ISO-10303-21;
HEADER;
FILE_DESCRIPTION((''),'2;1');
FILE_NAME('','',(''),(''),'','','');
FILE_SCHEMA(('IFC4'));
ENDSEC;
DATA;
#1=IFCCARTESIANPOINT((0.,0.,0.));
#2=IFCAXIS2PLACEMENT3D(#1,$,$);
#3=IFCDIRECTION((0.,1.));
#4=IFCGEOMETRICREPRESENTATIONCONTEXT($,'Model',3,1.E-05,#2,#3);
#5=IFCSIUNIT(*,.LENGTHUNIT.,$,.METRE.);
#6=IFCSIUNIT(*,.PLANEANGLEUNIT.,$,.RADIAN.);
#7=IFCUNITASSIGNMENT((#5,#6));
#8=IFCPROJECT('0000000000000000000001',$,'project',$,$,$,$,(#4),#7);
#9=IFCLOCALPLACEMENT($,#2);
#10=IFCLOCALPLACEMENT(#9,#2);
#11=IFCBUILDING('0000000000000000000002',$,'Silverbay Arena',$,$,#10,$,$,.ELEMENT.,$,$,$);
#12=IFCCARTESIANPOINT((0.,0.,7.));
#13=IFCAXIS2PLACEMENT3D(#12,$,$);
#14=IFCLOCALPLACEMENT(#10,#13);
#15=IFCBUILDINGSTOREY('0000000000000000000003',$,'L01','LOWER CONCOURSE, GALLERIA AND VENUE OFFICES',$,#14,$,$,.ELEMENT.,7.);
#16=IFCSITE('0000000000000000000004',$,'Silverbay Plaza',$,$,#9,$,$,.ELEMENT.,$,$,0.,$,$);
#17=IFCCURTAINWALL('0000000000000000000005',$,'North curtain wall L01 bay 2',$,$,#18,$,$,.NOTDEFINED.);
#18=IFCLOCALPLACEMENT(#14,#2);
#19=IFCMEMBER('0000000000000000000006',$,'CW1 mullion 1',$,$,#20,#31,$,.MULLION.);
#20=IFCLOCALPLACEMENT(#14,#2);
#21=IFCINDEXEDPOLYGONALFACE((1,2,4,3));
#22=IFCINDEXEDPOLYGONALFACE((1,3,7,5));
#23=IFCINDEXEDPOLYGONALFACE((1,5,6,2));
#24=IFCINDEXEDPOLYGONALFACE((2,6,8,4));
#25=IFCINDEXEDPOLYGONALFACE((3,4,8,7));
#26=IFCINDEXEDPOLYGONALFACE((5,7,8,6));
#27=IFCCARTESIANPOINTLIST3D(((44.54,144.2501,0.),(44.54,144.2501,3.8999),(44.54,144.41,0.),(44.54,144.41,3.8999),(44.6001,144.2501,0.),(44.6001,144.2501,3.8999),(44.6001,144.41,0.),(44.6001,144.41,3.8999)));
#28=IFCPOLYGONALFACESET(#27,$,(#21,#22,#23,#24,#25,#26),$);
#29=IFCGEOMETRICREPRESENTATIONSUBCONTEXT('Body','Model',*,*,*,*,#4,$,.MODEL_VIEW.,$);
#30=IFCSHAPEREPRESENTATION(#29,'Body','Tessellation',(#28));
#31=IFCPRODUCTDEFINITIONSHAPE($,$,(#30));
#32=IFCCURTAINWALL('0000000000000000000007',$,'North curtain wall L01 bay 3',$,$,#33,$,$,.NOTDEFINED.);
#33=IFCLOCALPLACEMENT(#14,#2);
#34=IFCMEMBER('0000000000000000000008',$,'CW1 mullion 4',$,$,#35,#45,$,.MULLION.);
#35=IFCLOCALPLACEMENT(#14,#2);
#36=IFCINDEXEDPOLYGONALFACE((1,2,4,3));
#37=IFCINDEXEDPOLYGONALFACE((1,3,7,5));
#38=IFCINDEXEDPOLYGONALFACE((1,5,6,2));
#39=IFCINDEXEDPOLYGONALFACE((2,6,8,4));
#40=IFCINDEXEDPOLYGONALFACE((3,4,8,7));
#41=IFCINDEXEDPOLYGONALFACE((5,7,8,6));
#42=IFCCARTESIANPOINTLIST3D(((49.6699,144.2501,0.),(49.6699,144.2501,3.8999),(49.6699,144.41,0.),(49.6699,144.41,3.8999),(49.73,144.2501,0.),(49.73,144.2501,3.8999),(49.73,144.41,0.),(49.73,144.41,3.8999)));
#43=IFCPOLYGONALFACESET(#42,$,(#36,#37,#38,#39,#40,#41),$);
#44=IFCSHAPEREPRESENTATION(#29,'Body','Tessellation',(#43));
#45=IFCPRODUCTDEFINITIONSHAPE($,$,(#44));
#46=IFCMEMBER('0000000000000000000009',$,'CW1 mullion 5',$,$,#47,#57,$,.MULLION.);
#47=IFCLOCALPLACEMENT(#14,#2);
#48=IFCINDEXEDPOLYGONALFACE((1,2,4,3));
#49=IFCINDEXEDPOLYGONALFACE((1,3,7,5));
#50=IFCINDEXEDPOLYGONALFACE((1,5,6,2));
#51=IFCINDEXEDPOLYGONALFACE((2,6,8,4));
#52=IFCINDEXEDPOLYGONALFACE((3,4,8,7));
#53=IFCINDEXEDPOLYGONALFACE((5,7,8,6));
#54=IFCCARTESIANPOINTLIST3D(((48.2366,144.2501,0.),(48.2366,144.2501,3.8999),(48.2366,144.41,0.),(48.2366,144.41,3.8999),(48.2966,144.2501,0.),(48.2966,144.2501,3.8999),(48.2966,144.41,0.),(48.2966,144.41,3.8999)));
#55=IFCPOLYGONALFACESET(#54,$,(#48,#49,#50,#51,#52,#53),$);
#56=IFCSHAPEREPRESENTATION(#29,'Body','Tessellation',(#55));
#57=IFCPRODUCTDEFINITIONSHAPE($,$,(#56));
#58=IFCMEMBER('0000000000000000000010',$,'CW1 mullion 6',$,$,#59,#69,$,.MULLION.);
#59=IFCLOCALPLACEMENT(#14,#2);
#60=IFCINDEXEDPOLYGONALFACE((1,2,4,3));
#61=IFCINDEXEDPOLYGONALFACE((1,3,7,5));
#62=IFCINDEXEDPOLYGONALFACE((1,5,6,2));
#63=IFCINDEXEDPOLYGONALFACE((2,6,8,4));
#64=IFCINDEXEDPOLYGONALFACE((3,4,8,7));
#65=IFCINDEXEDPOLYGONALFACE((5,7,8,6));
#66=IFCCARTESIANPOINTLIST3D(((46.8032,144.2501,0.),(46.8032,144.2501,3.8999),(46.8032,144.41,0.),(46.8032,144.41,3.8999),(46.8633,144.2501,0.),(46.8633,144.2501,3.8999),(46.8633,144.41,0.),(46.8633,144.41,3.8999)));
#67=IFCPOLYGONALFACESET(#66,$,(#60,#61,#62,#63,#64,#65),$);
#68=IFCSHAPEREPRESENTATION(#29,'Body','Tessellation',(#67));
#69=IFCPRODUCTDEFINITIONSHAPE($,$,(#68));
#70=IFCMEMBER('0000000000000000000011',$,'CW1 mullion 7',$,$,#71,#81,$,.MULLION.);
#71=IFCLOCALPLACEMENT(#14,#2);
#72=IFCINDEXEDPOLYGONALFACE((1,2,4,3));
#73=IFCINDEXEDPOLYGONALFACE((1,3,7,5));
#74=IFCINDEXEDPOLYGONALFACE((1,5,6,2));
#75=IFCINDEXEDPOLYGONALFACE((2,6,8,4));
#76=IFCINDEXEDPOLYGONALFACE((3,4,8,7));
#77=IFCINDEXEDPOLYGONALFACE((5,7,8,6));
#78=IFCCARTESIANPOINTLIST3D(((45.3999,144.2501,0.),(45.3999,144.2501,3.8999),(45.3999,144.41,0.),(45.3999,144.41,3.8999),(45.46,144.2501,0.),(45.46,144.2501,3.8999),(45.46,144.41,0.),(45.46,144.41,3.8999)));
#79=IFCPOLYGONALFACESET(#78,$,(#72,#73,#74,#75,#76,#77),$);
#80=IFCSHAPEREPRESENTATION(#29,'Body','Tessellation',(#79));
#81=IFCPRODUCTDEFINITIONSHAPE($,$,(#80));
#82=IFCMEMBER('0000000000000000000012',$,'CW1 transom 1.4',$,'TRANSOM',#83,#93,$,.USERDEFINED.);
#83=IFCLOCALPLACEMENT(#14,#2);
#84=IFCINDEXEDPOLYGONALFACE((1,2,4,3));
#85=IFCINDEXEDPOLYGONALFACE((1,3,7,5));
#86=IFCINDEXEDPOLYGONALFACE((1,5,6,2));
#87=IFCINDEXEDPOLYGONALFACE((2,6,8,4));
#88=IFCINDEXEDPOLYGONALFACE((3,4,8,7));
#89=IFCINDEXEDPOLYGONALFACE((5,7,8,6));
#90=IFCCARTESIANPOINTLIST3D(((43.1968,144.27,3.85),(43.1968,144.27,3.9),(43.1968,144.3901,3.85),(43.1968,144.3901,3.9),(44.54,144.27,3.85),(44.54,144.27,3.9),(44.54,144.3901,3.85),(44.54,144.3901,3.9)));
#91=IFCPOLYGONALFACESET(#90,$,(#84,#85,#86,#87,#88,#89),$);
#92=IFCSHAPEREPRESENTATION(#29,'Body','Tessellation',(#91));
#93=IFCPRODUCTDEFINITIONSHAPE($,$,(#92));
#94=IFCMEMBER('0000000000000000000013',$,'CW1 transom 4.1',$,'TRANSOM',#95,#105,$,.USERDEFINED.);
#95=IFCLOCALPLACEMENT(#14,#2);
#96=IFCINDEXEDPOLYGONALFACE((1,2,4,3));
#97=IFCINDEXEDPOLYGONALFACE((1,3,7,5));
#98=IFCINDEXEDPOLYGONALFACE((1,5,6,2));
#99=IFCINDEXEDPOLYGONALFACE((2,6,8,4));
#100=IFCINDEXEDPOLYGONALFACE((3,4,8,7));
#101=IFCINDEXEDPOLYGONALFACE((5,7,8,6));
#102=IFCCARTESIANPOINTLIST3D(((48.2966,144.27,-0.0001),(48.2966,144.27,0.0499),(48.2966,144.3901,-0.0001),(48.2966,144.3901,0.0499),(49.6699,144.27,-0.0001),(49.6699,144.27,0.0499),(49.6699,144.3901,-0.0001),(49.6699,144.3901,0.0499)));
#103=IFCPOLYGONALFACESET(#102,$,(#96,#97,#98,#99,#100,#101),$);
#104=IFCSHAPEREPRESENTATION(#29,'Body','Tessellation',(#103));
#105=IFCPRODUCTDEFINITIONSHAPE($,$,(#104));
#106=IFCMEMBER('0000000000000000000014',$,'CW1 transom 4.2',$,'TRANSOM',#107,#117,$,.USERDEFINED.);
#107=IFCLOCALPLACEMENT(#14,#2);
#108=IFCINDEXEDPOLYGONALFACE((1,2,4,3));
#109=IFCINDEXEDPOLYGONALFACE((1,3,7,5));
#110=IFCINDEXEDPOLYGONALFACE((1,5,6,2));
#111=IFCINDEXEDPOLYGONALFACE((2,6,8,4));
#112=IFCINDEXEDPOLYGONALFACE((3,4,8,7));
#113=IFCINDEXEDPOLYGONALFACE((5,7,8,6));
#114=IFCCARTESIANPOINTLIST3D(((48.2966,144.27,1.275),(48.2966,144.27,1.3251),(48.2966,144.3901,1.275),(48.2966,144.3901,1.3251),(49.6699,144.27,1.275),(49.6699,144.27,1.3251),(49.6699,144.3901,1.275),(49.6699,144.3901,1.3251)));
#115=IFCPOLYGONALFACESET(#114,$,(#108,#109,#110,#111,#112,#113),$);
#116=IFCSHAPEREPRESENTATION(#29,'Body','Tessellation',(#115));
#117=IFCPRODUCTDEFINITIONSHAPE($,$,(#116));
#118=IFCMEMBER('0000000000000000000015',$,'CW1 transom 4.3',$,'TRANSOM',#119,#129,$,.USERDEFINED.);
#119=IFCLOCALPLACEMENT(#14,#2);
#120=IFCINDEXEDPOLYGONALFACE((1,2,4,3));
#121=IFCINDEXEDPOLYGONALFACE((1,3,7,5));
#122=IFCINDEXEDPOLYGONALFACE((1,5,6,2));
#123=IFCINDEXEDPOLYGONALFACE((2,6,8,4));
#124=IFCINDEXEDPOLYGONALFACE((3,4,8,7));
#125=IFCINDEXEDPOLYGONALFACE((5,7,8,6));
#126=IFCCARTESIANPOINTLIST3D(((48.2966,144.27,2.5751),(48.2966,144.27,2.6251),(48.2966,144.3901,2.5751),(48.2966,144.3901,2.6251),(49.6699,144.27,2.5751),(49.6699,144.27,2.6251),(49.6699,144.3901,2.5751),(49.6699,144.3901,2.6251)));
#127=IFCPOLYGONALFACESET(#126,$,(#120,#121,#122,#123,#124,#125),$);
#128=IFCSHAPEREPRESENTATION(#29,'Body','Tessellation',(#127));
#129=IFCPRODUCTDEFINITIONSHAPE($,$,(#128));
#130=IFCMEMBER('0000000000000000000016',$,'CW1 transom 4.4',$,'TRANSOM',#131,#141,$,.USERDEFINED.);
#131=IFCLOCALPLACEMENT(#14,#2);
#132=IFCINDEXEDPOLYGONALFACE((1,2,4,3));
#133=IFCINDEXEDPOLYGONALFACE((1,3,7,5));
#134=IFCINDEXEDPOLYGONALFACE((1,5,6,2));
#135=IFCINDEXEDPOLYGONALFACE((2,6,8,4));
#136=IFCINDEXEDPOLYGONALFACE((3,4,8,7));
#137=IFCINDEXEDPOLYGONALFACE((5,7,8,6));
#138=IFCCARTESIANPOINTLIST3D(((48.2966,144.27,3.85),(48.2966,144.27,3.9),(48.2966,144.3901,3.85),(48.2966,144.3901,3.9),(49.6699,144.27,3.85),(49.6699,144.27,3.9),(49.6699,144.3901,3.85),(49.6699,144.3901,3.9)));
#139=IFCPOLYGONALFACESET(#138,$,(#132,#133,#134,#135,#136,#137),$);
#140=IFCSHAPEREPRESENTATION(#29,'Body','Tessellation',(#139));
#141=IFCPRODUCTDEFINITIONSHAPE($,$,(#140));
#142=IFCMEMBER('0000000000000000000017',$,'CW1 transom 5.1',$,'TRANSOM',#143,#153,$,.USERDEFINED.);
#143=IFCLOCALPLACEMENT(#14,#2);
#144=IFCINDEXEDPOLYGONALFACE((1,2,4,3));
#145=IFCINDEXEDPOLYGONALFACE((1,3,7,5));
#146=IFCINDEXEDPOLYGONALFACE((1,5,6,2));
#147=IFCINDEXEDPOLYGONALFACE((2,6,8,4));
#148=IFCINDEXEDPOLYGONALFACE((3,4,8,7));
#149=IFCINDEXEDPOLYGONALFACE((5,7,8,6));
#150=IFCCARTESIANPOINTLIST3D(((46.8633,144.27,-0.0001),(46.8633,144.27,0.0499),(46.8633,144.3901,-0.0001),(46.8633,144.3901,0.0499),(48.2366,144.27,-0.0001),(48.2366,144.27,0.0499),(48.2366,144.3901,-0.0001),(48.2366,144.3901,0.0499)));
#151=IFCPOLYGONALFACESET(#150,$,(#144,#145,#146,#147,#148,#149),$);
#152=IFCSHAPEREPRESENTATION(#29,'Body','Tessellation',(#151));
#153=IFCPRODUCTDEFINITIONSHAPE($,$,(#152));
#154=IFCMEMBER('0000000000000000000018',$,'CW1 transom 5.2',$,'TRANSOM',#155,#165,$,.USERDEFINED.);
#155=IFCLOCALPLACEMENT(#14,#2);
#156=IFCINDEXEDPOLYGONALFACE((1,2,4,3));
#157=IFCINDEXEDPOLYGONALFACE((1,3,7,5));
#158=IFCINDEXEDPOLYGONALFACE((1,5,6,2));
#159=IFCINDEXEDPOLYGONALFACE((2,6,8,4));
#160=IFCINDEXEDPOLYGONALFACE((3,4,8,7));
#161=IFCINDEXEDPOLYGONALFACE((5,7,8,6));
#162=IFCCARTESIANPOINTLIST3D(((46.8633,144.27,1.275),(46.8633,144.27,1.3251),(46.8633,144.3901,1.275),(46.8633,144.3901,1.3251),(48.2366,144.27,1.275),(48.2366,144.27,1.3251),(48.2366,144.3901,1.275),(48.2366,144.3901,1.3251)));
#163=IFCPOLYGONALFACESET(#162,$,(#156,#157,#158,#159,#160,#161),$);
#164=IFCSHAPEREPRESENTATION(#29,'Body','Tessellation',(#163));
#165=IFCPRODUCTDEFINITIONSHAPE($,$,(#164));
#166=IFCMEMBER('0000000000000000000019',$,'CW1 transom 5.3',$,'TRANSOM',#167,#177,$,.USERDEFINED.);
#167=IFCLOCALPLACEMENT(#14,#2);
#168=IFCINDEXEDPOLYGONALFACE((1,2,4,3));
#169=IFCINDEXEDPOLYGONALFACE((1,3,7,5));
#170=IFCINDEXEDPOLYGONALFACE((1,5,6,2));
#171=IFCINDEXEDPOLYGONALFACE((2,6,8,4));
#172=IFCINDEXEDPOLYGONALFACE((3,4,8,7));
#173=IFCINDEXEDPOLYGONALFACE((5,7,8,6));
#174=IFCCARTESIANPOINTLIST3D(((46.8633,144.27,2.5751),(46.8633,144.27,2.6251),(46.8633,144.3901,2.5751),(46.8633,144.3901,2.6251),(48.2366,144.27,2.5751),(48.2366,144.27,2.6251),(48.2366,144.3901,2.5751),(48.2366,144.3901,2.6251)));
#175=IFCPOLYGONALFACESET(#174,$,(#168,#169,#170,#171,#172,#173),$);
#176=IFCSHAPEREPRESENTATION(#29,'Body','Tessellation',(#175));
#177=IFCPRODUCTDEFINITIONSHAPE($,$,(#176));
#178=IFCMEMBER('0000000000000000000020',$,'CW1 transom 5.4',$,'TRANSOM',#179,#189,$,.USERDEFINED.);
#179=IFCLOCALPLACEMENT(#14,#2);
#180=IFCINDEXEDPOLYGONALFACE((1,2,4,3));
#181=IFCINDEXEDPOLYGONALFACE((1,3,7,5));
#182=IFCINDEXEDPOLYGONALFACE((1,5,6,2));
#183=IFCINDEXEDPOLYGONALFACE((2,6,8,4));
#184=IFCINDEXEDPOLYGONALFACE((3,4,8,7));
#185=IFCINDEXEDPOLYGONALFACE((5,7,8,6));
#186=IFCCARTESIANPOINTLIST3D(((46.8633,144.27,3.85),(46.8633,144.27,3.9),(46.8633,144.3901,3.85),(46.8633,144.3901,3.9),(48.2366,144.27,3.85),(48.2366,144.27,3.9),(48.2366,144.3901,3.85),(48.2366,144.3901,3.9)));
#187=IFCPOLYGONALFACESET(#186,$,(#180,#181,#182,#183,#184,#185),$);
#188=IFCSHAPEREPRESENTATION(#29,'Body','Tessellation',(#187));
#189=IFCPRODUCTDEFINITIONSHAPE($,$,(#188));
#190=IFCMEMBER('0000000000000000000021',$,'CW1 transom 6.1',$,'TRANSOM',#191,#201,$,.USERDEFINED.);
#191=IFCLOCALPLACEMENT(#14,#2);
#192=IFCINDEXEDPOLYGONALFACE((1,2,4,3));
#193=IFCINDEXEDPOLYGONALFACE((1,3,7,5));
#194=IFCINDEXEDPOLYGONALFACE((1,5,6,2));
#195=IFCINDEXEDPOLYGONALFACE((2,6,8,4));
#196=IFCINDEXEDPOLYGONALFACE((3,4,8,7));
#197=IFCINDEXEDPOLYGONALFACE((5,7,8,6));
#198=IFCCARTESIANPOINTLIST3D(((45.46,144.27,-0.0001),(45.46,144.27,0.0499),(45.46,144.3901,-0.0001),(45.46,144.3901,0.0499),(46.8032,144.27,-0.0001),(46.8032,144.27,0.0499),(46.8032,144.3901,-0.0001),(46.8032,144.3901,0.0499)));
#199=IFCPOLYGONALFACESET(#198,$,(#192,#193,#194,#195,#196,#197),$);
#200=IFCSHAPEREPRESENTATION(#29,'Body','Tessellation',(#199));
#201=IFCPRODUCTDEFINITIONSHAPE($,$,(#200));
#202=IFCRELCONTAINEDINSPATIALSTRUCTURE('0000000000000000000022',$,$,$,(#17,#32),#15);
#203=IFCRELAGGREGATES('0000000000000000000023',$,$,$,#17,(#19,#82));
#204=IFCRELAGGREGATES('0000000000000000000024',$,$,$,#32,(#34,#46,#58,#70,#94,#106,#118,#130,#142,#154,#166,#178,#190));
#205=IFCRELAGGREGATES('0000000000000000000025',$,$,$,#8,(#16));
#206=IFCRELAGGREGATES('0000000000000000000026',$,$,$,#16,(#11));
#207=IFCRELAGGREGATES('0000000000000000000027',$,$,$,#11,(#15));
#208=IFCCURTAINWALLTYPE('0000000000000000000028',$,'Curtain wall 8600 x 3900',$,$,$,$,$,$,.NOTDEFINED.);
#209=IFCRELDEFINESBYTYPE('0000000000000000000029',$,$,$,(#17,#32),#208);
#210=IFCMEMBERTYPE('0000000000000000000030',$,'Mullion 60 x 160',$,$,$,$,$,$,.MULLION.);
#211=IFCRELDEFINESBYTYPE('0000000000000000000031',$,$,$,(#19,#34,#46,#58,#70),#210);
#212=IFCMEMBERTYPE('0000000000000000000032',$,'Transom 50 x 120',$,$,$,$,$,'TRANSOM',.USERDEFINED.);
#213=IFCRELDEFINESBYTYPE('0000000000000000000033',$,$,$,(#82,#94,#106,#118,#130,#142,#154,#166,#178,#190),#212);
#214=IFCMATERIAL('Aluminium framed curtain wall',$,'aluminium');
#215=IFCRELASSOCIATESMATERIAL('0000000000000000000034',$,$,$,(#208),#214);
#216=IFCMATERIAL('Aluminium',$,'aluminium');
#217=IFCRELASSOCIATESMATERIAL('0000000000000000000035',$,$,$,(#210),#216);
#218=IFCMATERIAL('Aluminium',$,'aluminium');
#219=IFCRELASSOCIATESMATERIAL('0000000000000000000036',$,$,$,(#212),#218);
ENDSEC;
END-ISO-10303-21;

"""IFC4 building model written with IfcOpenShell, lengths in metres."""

from ifc_helpers import new_model, si_unit, direction, frame, origin, origin_2d, place, context, subcontext, project, spatial, rectangle, extrude, material, material_profile, profile_set, type_object, element, aggregate, save


model = new_model("IFC4")

# Units and contexts
model_context = context("Model", 3, precision=1e-05, world=origin(), true_north=direction((0.0, 1.0)))
body_context = subcontext(model_context, "Body", "Model", "MODEL_VIEW")
ifc_project = project(units=[si_unit("LENGTHUNIT", "METRE"), si_unit("PLANEANGLEUNIT", "RADIAN")], contexts=[model_context])

# Site, building, storey
site_placement = place(None, origin())
site = spatial("IfcSite", under=ifc_project, at=site_placement, Name="Silverbay Plaza", CompositionType="ELEMENT", RefElevation=0.0)
building_placement = place(site_placement, origin())
building = spatial("IfcBuilding", under=site, at=building_placement, Name="Silverbay Arena", CompositionType="ELEMENT")
storey_placement = place(building_placement, frame((0.0, 0.0, 7.0)))
storey = spatial("IfcBuildingStorey", under=building, at=storey_placement, Name="L01", Description="LOWER CONCOURSE, GALLERIA AND VENUE OFFICES", CompositionType="ELEMENT", Elevation=7.0)

# Curtain wall, member
ifc_material_1 = material(Name="Aluminium framed curtain wall", Category="aluminium")
curtain_wall_type = type_object("IfcCurtainWallType", Name="Curtain wall 8600 x 3900", PredefinedType="NOTDEFINED", material=ifc_material_1)
curtain_wall_1_placement = place(storey_placement, origin())
curtain_wall_1 = element("IfcCurtainWall", 1, at=curtain_wall_1_placement, inside=storey, type_object=curtain_wall_type, Name="North curtain wall L01 bay 2", PredefinedType="NOTDEFINED")
ifc_material_2 = material(Name="Aluminium", Category="aluminium")
ifc_material_profile_1 = material_profile(ifc_material_2, rectangle(XDim=0.1599, YDim=0.0601, at=origin_2d()), Name="Mullion 60 x 160")
ifc_profile_set_1 = profile_set([ifc_material_profile_1], Name="Aluminium")
member_type_1 = type_object("IfcMemberType", Name="Mullion 60 x 160", PredefinedType="MULLION", material=ifc_profile_set_1)
member_1_placement = place(storey_placement, frame((44.5701, 144.3301, 0.0), z_axis=(0.0, 0.0, 1.0), x_axis=(0.0, -1.0, 0.0)))
member_1 = element("IfcMember", 2, at=member_1_placement, type_object=member_type_1, Name="CW1 mullion 1", PredefinedType="MULLION", context=body_context, shape_type="SweptSolid", body=[
    extrude(rectangle(XDim=0.1599, YDim=0.0601, at=origin_2d()), origin(), (0.0, 0.0, 1.0), 3.8999),
])

# Curtain wall, members
curtain_wall_2_placement = place(storey_placement, origin())
curtain_wall_2 = element("IfcCurtainWall", 3, at=curtain_wall_2_placement, inside=storey, type_object=curtain_wall_type, Name="North curtain wall L01 bay 3", PredefinedType="NOTDEFINED")
member_2_placement = place(storey_placement, frame((49.7, 144.3301, 0.0), z_axis=(0.0, 0.0, 1.0), x_axis=(0.0, -1.0, 0.0)))
member_2 = element("IfcMember", 4, at=member_2_placement, type_object=member_type_1, Name="CW1 mullion 4", PredefinedType="MULLION", context=body_context, shape_type="SweptSolid", body=[
    extrude(rectangle(XDim=0.1599, YDim=0.0601, at=origin_2d()), origin(), (0.0, 0.0, 1.0), 3.8999),
])
member_3_placement = place(storey_placement, frame((48.2666, 144.3301, 0.0), z_axis=(0.0, 0.0, 1.0), x_axis=(0.0, -1.0, 0.0)))
member_3 = element("IfcMember", 5, at=member_3_placement, type_object=member_type_1, Name="CW1 mullion 5", PredefinedType="MULLION", context=body_context, shape_type="SweptSolid", body=[
    extrude(rectangle(XDim=0.1599, YDim=0.0601, at=origin_2d()), origin(), (0.0, 0.0, 1.0), 3.8999),
])
member_4_placement = place(storey_placement, frame((46.8333, 144.3301, 0.0), z_axis=(0.0, 0.0, 1.0), x_axis=(0.0, -1.0, 0.0)))
member_4 = element("IfcMember", 6, at=member_4_placement, type_object=member_type_1, Name="CW1 mullion 6", PredefinedType="MULLION", context=body_context, shape_type="SweptSolid", body=[
    extrude(rectangle(XDim=0.1599, YDim=0.0601, at=origin_2d()), origin(), (0.0, 0.0, 1.0), 3.8999),
])
member_5_placement = place(storey_placement, frame((45.4299, 144.3301, 0.0), z_axis=(0.0, 0.0, 1.0), x_axis=(0.0, -1.0, 0.0)))
member_5 = element("IfcMember", 7, at=member_5_placement, type_object=member_type_1, Name="CW1 mullion 7", PredefinedType="MULLION", context=body_context, shape_type="SweptSolid", body=[
    extrude(rectangle(XDim=0.1599, YDim=0.0601, at=origin_2d()), origin(), (0.0, 0.0, 1.0), 3.8999),
])

# Members
ifc_material_3 = material(Name="Aluminium", Category="aluminium")
ifc_material_profile_2 = material_profile(ifc_material_3, rectangle(XDim=0.1201, YDim=0.05, at=origin_2d()), Name="Transom 50 x 120")
ifc_profile_set_2 = profile_set([ifc_material_profile_2], Name="Aluminium")
member_type_2 = type_object("IfcMemberType", Name="Transom 50 x 120", ElementType="TRANSOM", PredefinedType="USERDEFINED", material=ifc_profile_set_2)
member_6_placement = place(storey_placement, frame((44.54, 144.3301, 3.875), z_axis=(-1.0, 0.0, 0.0), x_axis=(0.0, -1.0, 0.0)))
member_6 = element("IfcMember", 8, at=member_6_placement, type_object=member_type_2, Name="CW1 transom 1.4", ObjectType="TRANSOM", PredefinedType="USERDEFINED", context=body_context, shape_type="SweptSolid", body=[
    extrude(rectangle(XDim=0.1201, YDim=0.05, at=origin_2d()), origin(), (0.0, 0.0, 1.0), 1.3433),
])
aggregate(curtain_wall_1, [member_1, member_6])
member_7_placement = place(storey_placement, frame((49.6699, 144.3301, 0.0249), z_axis=(-1.0, 0.0, 0.0), x_axis=(0.0, -1.0, 0.0)))
member_7 = element("IfcMember", 9, at=member_7_placement, type_object=member_type_2, Name="CW1 transom 4.1", ObjectType="TRANSOM", PredefinedType="USERDEFINED", context=body_context, shape_type="SweptSolid", body=[
    extrude(rectangle(XDim=0.1201, YDim=0.05, at=origin_2d()), origin(), (0.0, 0.0, 1.0), 1.3733),
])
member_8_placement = place(storey_placement, frame((49.6699, 144.3301, 1.3), z_axis=(-1.0, 0.0, 0.0), x_axis=(0.0, -1.0, 0.0)))
member_8 = element("IfcMember", 10, at=member_8_placement, type_object=member_type_2, Name="CW1 transom 4.2", ObjectType="TRANSOM", PredefinedType="USERDEFINED", context=body_context, shape_type="SweptSolid", body=[
    extrude(rectangle(XDim=0.1201, YDim=0.05, at=origin_2d()), origin(), (0.0, 0.0, 1.0), 1.3733),
])
member_9_placement = place(storey_placement, frame((49.6699, 144.3301, 2.6001), z_axis=(-1.0, 0.0, 0.0), x_axis=(0.0, -1.0, 0.0)))
member_9 = element("IfcMember", 11, at=member_9_placement, type_object=member_type_2, Name="CW1 transom 4.3", ObjectType="TRANSOM", PredefinedType="USERDEFINED", context=body_context, shape_type="SweptSolid", body=[
    extrude(rectangle(XDim=0.1201, YDim=0.05, at=origin_2d()), origin(), (0.0, 0.0, 1.0), 1.3733),
])
member_10_placement = place(storey_placement, frame((49.6699, 144.3301, 3.875), z_axis=(-1.0, 0.0, 0.0), x_axis=(0.0, -1.0, 0.0)))
member_10 = element("IfcMember", 12, at=member_10_placement, type_object=member_type_2, Name="CW1 transom 4.4", ObjectType="TRANSOM", PredefinedType="USERDEFINED", context=body_context, shape_type="SweptSolid", body=[
    extrude(rectangle(XDim=0.1201, YDim=0.05, at=origin_2d()), origin(), (0.0, 0.0, 1.0), 1.3733),
])
member_11_placement = place(storey_placement, frame((48.2366, 144.3301, 0.0249), z_axis=(-1.0, 0.0, 0.0), x_axis=(0.0, -1.0, 0.0)))
member_11 = element("IfcMember", 13, at=member_11_placement, type_object=member_type_2, Name="CW1 transom 5.1", ObjectType="TRANSOM", PredefinedType="USERDEFINED", context=body_context, shape_type="SweptSolid", body=[
    extrude(rectangle(XDim=0.1201, YDim=0.05, at=origin_2d()), origin(), (0.0, 0.0, 1.0), 1.3733),
])
member_12_placement = place(storey_placement, frame((48.2366, 144.3301, 1.3), z_axis=(-1.0, 0.0, 0.0), x_axis=(0.0, -1.0, 0.0)))
member_12 = element("IfcMember", 14, at=member_12_placement, type_object=member_type_2, Name="CW1 transom 5.2", ObjectType="TRANSOM", PredefinedType="USERDEFINED", context=body_context, shape_type="SweptSolid", body=[
    extrude(rectangle(XDim=0.1201, YDim=0.05, at=origin_2d()), origin(), (0.0, 0.0, 1.0), 1.3733),
])
member_13_placement = place(storey_placement, frame((48.2366, 144.3301, 2.6001), z_axis=(-1.0, 0.0, 0.0), x_axis=(0.0, -1.0, 0.0)))
member_13 = element("IfcMember", 15, at=member_13_placement, type_object=member_type_2, Name="CW1 transom 5.3", ObjectType="TRANSOM", PredefinedType="USERDEFINED", context=body_context, shape_type="SweptSolid", body=[
    extrude(rectangle(XDim=0.1201, YDim=0.05, at=origin_2d()), origin(), (0.0, 0.0, 1.0), 1.3733),
])
member_14_placement = place(storey_placement, frame((48.2366, 144.3301, 3.875), z_axis=(-1.0, 0.0, 0.0), x_axis=(0.0, -1.0, 0.0)))
member_14 = element("IfcMember", 16, at=member_14_placement, type_object=member_type_2, Name="CW1 transom 5.4", ObjectType="TRANSOM", PredefinedType="USERDEFINED", context=body_context, shape_type="SweptSolid", body=[
    extrude(rectangle(XDim=0.1201, YDim=0.05, at=origin_2d()), origin(), (0.0, 0.0, 1.0), 1.3733),
])
member_15_placement = place(storey_placement, frame((46.8032, 144.3301, 0.0249), z_axis=(-1.0, 0.0, 0.0), x_axis=(0.0, -1.0, 0.0)))
member_15 = element("IfcMember", 17, at=member_15_placement, type_object=member_type_2, Name="CW1 transom 6.1", ObjectType="TRANSOM", PredefinedType="USERDEFINED", context=body_context, shape_type="SweptSolid", body=[
    extrude(rectangle(XDim=0.1201, YDim=0.05, at=origin_2d()), origin(), (0.0, 0.0, 1.0), 1.3433),
])

aggregate(curtain_wall_2, [member_2, member_3, member_4, member_5, member_7, member_8, member_9, member_10, member_11, member_12, member_13, member_14, member_15])

save(model, "model.ifc")
